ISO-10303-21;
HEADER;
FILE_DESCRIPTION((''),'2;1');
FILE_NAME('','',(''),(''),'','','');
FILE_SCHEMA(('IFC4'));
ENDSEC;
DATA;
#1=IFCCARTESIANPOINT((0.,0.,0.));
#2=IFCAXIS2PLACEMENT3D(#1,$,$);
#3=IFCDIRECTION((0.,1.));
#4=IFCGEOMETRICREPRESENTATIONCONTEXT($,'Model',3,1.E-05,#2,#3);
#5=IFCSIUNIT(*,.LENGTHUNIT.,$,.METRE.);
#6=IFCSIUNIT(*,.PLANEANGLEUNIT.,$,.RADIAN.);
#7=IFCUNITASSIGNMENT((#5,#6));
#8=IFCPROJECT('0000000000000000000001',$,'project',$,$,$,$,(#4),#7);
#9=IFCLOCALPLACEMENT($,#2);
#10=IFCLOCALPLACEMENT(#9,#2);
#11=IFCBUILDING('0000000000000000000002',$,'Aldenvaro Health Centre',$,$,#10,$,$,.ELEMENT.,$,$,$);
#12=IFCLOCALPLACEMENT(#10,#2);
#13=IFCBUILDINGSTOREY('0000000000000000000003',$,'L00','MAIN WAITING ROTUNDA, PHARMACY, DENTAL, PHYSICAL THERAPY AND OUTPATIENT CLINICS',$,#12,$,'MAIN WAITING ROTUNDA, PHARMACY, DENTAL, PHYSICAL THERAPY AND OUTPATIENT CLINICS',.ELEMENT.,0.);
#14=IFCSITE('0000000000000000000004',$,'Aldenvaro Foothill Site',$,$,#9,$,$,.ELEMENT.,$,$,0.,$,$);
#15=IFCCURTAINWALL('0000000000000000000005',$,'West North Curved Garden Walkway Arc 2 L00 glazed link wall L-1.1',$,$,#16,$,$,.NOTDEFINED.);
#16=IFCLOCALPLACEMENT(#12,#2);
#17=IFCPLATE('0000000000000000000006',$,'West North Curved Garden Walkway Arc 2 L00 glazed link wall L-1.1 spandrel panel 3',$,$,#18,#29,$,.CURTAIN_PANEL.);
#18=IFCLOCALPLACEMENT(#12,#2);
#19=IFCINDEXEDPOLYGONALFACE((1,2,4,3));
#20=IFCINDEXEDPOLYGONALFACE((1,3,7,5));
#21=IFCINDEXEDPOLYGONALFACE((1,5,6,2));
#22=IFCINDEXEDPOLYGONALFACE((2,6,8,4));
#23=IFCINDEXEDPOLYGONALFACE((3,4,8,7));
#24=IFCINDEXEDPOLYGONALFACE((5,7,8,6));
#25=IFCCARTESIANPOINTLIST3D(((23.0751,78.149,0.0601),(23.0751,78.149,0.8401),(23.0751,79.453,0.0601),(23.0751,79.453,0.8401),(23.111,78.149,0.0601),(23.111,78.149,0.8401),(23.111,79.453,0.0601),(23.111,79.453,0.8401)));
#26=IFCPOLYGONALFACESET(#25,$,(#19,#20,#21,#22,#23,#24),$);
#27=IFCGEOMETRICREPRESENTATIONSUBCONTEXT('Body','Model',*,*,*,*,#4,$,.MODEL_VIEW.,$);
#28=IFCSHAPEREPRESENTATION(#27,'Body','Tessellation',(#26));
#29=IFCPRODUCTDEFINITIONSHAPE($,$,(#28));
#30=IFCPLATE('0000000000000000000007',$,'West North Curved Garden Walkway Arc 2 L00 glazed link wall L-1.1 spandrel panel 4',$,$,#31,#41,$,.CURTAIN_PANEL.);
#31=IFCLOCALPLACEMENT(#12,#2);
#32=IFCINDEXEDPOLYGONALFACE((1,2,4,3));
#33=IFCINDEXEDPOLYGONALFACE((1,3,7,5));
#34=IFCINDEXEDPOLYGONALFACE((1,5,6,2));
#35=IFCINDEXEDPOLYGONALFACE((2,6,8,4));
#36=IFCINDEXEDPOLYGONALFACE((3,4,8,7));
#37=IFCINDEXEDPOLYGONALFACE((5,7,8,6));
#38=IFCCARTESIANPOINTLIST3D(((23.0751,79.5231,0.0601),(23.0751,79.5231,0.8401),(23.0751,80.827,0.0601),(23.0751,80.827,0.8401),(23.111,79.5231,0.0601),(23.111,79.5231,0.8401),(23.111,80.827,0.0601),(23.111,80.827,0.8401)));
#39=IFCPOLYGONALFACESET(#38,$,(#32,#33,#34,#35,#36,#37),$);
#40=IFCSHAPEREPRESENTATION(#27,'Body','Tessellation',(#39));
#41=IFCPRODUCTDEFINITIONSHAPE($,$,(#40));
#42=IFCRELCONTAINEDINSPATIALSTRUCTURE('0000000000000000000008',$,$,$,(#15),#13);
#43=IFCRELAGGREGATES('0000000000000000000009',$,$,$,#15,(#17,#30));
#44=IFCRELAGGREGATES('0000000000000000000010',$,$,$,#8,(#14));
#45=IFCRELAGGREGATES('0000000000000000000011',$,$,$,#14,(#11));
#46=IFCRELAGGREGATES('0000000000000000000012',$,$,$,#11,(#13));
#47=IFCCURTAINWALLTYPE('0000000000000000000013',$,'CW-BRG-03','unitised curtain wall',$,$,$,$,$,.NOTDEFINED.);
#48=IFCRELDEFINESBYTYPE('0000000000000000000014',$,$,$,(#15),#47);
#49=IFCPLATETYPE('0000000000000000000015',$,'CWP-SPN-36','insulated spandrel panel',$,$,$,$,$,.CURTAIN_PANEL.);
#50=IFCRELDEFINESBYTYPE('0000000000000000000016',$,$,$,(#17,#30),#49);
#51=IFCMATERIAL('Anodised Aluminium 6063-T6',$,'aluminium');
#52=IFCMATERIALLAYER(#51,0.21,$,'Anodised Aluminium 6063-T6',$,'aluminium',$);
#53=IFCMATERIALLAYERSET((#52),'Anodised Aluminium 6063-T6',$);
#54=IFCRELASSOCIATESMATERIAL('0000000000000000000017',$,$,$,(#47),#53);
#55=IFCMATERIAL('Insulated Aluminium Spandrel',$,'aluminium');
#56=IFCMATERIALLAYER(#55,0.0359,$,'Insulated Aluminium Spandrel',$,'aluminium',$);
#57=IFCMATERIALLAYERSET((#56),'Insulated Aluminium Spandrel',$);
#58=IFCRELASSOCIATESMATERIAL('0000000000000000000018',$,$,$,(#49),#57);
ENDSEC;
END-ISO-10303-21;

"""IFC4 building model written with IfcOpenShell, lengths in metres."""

from ifc_helpers import new_model, si_unit, direction, frame, origin, origin_2d, place, context, subcontext, project, spatial, rectangle, extrude, material, layer, layer_set, type_object, element, aggregate, save


model = new_model("IFC4")

# Units and contexts
model_context = context("Model", 3, precision=1e-05, world=origin(), true_north=direction((0.0, 1.0)))
body_context = subcontext(model_context, "Body", "Model", "MODEL_VIEW")
ifc_project = project(units=[si_unit("LENGTHUNIT", "METRE"), si_unit("PLANEANGLEUNIT", "RADIAN")], contexts=[model_context])

# Site, building, storey
site_placement = place(None, origin())
site = spatial("IfcSite", under=ifc_project, at=site_placement, Name="Aldenvaro Foothill Site", CompositionType="ELEMENT", RefElevation=0.0)
building_placement = place(site_placement, origin())
building = spatial("IfcBuilding", under=site, at=building_placement, Name="Aldenvaro Health Centre", CompositionType="ELEMENT")
storey_placement = place(building_placement, origin())
storey = spatial("IfcBuildingStorey", under=building, at=storey_placement, Name="L00", Description="MAIN WAITING ROTUNDA, PHARMACY, DENTAL, PHYSICAL THERAPY AND OUTPATIENT CLINICS", LongName="MAIN WAITING ROTUNDA, PHARMACY, DENTAL, PHYSICAL THERAPY AND OUTPATIENT CLINICS", CompositionType="ELEMENT", Elevation=0.0)

# Shared definitions
ifc_material_1 = material(Name="Anodised Aluminium 6063-T6", Category="aluminium")
ifc_layer_1 = layer(ifc_material_1, 0.21, Name="Anodised Aluminium 6063-T6", Category="aluminium")
ifc_layer_set_1 = layer_set([ifc_layer_1], Name="Anodised Aluminium 6063-T6")
curtain_wall_type = type_object("IfcCurtainWallType", Name="CW-BRG-03", Description="unitised curtain wall", PredefinedType="NOTDEFINED", material=ifc_layer_set_1)

# Curtain wall
curtain_wall_1_placement = place(storey_placement, origin())
curtain_wall_1 = element("IfcCurtainWall", 1, at=curtain_wall_1_placement, inside=storey, type_object=curtain_wall_type, Name="West North Curved Garden Walkway Arc 2 L00 glazed link wall L-1.1", PredefinedType="NOTDEFINED")

# Plates
ifc_material_2 = material(Name="Insulated Aluminium Spandrel", Category="aluminium")
ifc_layer_2 = layer(ifc_material_2, 0.0359, Name="Insulated Aluminium Spandrel", Category="aluminium")
ifc_layer_set_2 = layer_set([ifc_layer_2], Name="Insulated Aluminium Spandrel")
plate_type_1 = type_object("IfcPlateType", Name="CWP-SPN-36", Description="insulated spandrel panel", PredefinedType="CURTAIN_PANEL", material=ifc_layer_set_2)
plate_1_placement = place(storey_placement, frame((23.093, 78.801, 0.0601), z_axis=(0.0, 0.0, 1.0), x_axis=(0.0, 1.0, 0.0)))
plate_1 = element("IfcPlate", 2, at=plate_1_placement, type_object=plate_type_1, Name="West North Curved Garden Walkway Arc 2 L00 glazed link wall L-1.1 spandrel panel 3", PredefinedType="CURTAIN_PANEL", context=body_context, shape_type="SweptSolid", body=[
    extrude(rectangle(XDim=1.304, YDim=0.0359, at=origin_2d()), origin(), (0.0, 0.0, 1.0), 0.78),
])
plate_2_placement = place(storey_placement, frame((23.093, 80.175, 0.0601), z_axis=(0.0, 0.0, 1.0), x_axis=(0.0, 1.0, 0.0)))
plate_2 = element("IfcPlate", 3, at=plate_2_placement, type_object=plate_type_1, Name="West North Curved Garden Walkway Arc 2 L00 glazed link wall L-1.1 spandrel panel 4", PredefinedType="CURTAIN_PANEL", context=body_context, shape_type="SweptSolid", body=[
    extrude(rectangle(XDim=1.304, YDim=0.0359, at=origin_2d()), origin(), (0.0, 0.0, 1.0), 0.78),
])
aggregate(curtain_wall_1, [plate_1, plate_2])

save(model, "model.ifc")
